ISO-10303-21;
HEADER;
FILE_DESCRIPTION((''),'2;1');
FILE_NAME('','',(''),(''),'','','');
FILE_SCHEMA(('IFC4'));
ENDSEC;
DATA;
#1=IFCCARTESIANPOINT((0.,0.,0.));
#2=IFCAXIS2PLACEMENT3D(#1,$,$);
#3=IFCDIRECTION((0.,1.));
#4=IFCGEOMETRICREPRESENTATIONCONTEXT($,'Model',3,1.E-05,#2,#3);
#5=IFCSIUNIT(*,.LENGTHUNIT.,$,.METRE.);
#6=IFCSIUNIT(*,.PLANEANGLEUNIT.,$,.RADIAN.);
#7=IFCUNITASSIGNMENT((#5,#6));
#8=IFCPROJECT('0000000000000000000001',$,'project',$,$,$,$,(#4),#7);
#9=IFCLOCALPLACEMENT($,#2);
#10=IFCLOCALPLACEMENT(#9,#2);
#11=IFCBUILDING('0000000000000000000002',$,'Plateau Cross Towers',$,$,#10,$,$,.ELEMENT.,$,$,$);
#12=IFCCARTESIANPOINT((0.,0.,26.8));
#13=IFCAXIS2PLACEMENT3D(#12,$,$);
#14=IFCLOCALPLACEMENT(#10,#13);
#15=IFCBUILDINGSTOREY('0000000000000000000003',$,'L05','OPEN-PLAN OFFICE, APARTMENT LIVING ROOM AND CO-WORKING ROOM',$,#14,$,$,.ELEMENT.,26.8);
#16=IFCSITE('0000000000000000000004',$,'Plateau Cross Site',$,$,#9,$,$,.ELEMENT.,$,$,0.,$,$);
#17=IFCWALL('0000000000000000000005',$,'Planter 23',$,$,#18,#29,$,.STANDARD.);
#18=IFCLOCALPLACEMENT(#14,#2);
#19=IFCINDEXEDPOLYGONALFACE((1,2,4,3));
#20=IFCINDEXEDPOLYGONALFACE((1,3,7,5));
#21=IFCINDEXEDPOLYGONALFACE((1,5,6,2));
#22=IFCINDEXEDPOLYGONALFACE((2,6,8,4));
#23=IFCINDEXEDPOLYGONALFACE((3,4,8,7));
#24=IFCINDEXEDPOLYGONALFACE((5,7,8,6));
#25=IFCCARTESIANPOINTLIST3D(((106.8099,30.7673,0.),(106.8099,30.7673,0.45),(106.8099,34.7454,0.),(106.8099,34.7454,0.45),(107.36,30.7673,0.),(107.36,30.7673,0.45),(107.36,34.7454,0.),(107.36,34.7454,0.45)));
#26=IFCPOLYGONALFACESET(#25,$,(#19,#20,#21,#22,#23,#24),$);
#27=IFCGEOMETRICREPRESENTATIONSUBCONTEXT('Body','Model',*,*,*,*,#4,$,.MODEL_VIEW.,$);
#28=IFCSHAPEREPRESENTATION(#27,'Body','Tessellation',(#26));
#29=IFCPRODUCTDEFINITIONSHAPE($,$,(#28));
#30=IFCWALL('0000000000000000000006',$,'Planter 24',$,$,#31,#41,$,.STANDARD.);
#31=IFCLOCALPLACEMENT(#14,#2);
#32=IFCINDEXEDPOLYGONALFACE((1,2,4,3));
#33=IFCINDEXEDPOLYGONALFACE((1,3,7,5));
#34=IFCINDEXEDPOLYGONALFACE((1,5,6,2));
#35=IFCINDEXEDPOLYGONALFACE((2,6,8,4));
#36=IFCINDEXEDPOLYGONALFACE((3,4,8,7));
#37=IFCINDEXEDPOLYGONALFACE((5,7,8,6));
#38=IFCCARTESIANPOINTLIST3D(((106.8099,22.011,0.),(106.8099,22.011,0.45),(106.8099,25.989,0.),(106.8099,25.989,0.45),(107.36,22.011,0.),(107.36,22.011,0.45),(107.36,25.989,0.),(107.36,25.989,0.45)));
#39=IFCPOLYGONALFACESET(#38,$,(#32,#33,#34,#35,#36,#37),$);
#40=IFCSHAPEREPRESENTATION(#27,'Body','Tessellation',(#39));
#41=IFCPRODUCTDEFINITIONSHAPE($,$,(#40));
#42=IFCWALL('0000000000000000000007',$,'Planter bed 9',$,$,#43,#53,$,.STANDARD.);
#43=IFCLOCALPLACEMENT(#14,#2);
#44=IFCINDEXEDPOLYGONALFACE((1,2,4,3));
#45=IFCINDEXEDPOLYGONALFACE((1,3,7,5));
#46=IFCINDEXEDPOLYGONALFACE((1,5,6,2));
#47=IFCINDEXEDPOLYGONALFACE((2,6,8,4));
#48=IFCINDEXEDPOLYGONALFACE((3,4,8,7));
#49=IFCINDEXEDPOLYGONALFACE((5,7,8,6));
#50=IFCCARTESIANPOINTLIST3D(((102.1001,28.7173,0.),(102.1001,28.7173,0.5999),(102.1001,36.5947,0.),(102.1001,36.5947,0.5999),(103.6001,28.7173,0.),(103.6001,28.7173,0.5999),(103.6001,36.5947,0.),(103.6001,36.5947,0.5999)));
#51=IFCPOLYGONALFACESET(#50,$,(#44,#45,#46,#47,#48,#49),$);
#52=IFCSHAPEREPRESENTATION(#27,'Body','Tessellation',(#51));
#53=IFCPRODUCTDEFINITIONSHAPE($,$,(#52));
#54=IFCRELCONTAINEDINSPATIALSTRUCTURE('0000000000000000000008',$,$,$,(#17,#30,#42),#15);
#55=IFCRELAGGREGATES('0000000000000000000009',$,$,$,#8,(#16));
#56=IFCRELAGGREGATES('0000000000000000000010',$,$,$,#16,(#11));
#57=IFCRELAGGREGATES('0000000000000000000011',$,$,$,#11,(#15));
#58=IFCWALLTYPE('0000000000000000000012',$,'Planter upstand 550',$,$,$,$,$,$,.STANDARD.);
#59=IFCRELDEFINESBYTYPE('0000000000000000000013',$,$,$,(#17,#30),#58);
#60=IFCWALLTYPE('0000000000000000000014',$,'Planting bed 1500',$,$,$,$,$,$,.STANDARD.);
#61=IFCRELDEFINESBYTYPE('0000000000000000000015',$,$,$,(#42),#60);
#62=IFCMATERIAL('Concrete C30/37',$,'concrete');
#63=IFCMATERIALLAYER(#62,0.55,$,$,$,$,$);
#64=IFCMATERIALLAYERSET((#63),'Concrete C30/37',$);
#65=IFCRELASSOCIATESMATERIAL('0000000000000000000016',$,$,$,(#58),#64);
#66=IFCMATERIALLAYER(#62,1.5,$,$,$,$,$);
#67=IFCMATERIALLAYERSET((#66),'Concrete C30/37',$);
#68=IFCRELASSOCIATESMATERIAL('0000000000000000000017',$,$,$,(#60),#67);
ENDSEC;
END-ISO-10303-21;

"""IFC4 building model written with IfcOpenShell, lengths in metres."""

from ifc_helpers import new_model, si_unit, direction, frame, frame_2d, origin, place, context, subcontext, project, spatial, rectangle, extrude, material, layer, layer_set, type_object, element, save


model = new_model("IFC4")

# Units and contexts
model_context = context("Model", 3, precision=1e-05, world=origin(), true_north=direction((0.0, 1.0)))
body_context = subcontext(model_context, "Body", "Model", "MODEL_VIEW")
ifc_project = project(units=[si_unit("LENGTHUNIT", "METRE"), si_unit("PLANEANGLEUNIT", "RADIAN")], contexts=[model_context])

# Site, building, storey
site_placement = place(None, origin())
site = spatial("IfcSite", under=ifc_project, at=site_placement, Name="Plateau Cross Site", CompositionType="ELEMENT", RefElevation=0.0)
building_placement = place(site_placement, origin())
building = spatial("IfcBuilding", under=site, at=building_placement, Name="Plateau Cross Towers", CompositionType="ELEMENT")
storey_placement = place(building_placement, frame((0.0, 0.0, 26.8)))
storey = spatial("IfcBuildingStorey", under=building, at=storey_placement, Name="L05", Description="OPEN-PLAN OFFICE, APARTMENT LIVING ROOM AND CO-WORKING ROOM", CompositionType="ELEMENT", Elevation=26.8)

# Walls
ifc_material_1 = material(Name="Concrete C30/37", Category="concrete")
ifc_layer_1 = layer(ifc_material_1, 0.55)
ifc_layer_set_1 = layer_set([ifc_layer_1], Name="Concrete C30/37")
wall_type_1 = type_object("IfcWallType", Name="Planter upstand 550", PredefinedType="STANDARD", material=ifc_layer_set_1)
for number, where, z_axis, x_axis, name in (
    (1, (107.085, 34.7454, 0.0), (0.0, 0.0, 1.0), (0.0, -1.0, 0.0), "Planter 23"),
    (2, (107.085, 25.989, 0.0), (0.0, 0.0, 1.0), (0.0, -1.0, 0.0), "Planter 24"),
):
    element("IfcWall", number, at=place(storey_placement, frame(where, z_axis=z_axis, x_axis=x_axis)), inside=storey, type_object=wall_type_1, Name=name, PredefinedType="STANDARD", context=body_context, shape_type="SweptSolid", body=[
        extrude(rectangle(XDim=3.978, YDim=0.55, at=frame_2d((1.989, 0.0))), origin(), (0.0, 0.0, 1.0), 0.45),
    ])
ifc_layer_2 = layer(ifc_material_1, 1.5)
ifc_layer_set_2 = layer_set([ifc_layer_2], Name="Concrete C30/37")
wall_type_2 = type_object("IfcWallType", Name="Planting bed 1500", PredefinedType="STANDARD", material=ifc_layer_set_2)
wall_1_placement = place(storey_placement, frame((102.8501, 36.5947, 0.0), z_axis=(0.0, 0.0, 1.0), x_axis=(0.0, -1.0, 0.0)))
element("IfcWall", 3, at=wall_1_placement, inside=storey, type_object=wall_type_2, Name="Planter bed 9", PredefinedType="STANDARD", context=body_context, shape_type="SweptSolid", body=[
    extrude(rectangle(XDim=7.8774, YDim=1.5, at=frame_2d((3.9387, 0.0))), origin(), (0.0, 0.0, 1.0), 0.5999),
])

save(model, "model.ifc")
